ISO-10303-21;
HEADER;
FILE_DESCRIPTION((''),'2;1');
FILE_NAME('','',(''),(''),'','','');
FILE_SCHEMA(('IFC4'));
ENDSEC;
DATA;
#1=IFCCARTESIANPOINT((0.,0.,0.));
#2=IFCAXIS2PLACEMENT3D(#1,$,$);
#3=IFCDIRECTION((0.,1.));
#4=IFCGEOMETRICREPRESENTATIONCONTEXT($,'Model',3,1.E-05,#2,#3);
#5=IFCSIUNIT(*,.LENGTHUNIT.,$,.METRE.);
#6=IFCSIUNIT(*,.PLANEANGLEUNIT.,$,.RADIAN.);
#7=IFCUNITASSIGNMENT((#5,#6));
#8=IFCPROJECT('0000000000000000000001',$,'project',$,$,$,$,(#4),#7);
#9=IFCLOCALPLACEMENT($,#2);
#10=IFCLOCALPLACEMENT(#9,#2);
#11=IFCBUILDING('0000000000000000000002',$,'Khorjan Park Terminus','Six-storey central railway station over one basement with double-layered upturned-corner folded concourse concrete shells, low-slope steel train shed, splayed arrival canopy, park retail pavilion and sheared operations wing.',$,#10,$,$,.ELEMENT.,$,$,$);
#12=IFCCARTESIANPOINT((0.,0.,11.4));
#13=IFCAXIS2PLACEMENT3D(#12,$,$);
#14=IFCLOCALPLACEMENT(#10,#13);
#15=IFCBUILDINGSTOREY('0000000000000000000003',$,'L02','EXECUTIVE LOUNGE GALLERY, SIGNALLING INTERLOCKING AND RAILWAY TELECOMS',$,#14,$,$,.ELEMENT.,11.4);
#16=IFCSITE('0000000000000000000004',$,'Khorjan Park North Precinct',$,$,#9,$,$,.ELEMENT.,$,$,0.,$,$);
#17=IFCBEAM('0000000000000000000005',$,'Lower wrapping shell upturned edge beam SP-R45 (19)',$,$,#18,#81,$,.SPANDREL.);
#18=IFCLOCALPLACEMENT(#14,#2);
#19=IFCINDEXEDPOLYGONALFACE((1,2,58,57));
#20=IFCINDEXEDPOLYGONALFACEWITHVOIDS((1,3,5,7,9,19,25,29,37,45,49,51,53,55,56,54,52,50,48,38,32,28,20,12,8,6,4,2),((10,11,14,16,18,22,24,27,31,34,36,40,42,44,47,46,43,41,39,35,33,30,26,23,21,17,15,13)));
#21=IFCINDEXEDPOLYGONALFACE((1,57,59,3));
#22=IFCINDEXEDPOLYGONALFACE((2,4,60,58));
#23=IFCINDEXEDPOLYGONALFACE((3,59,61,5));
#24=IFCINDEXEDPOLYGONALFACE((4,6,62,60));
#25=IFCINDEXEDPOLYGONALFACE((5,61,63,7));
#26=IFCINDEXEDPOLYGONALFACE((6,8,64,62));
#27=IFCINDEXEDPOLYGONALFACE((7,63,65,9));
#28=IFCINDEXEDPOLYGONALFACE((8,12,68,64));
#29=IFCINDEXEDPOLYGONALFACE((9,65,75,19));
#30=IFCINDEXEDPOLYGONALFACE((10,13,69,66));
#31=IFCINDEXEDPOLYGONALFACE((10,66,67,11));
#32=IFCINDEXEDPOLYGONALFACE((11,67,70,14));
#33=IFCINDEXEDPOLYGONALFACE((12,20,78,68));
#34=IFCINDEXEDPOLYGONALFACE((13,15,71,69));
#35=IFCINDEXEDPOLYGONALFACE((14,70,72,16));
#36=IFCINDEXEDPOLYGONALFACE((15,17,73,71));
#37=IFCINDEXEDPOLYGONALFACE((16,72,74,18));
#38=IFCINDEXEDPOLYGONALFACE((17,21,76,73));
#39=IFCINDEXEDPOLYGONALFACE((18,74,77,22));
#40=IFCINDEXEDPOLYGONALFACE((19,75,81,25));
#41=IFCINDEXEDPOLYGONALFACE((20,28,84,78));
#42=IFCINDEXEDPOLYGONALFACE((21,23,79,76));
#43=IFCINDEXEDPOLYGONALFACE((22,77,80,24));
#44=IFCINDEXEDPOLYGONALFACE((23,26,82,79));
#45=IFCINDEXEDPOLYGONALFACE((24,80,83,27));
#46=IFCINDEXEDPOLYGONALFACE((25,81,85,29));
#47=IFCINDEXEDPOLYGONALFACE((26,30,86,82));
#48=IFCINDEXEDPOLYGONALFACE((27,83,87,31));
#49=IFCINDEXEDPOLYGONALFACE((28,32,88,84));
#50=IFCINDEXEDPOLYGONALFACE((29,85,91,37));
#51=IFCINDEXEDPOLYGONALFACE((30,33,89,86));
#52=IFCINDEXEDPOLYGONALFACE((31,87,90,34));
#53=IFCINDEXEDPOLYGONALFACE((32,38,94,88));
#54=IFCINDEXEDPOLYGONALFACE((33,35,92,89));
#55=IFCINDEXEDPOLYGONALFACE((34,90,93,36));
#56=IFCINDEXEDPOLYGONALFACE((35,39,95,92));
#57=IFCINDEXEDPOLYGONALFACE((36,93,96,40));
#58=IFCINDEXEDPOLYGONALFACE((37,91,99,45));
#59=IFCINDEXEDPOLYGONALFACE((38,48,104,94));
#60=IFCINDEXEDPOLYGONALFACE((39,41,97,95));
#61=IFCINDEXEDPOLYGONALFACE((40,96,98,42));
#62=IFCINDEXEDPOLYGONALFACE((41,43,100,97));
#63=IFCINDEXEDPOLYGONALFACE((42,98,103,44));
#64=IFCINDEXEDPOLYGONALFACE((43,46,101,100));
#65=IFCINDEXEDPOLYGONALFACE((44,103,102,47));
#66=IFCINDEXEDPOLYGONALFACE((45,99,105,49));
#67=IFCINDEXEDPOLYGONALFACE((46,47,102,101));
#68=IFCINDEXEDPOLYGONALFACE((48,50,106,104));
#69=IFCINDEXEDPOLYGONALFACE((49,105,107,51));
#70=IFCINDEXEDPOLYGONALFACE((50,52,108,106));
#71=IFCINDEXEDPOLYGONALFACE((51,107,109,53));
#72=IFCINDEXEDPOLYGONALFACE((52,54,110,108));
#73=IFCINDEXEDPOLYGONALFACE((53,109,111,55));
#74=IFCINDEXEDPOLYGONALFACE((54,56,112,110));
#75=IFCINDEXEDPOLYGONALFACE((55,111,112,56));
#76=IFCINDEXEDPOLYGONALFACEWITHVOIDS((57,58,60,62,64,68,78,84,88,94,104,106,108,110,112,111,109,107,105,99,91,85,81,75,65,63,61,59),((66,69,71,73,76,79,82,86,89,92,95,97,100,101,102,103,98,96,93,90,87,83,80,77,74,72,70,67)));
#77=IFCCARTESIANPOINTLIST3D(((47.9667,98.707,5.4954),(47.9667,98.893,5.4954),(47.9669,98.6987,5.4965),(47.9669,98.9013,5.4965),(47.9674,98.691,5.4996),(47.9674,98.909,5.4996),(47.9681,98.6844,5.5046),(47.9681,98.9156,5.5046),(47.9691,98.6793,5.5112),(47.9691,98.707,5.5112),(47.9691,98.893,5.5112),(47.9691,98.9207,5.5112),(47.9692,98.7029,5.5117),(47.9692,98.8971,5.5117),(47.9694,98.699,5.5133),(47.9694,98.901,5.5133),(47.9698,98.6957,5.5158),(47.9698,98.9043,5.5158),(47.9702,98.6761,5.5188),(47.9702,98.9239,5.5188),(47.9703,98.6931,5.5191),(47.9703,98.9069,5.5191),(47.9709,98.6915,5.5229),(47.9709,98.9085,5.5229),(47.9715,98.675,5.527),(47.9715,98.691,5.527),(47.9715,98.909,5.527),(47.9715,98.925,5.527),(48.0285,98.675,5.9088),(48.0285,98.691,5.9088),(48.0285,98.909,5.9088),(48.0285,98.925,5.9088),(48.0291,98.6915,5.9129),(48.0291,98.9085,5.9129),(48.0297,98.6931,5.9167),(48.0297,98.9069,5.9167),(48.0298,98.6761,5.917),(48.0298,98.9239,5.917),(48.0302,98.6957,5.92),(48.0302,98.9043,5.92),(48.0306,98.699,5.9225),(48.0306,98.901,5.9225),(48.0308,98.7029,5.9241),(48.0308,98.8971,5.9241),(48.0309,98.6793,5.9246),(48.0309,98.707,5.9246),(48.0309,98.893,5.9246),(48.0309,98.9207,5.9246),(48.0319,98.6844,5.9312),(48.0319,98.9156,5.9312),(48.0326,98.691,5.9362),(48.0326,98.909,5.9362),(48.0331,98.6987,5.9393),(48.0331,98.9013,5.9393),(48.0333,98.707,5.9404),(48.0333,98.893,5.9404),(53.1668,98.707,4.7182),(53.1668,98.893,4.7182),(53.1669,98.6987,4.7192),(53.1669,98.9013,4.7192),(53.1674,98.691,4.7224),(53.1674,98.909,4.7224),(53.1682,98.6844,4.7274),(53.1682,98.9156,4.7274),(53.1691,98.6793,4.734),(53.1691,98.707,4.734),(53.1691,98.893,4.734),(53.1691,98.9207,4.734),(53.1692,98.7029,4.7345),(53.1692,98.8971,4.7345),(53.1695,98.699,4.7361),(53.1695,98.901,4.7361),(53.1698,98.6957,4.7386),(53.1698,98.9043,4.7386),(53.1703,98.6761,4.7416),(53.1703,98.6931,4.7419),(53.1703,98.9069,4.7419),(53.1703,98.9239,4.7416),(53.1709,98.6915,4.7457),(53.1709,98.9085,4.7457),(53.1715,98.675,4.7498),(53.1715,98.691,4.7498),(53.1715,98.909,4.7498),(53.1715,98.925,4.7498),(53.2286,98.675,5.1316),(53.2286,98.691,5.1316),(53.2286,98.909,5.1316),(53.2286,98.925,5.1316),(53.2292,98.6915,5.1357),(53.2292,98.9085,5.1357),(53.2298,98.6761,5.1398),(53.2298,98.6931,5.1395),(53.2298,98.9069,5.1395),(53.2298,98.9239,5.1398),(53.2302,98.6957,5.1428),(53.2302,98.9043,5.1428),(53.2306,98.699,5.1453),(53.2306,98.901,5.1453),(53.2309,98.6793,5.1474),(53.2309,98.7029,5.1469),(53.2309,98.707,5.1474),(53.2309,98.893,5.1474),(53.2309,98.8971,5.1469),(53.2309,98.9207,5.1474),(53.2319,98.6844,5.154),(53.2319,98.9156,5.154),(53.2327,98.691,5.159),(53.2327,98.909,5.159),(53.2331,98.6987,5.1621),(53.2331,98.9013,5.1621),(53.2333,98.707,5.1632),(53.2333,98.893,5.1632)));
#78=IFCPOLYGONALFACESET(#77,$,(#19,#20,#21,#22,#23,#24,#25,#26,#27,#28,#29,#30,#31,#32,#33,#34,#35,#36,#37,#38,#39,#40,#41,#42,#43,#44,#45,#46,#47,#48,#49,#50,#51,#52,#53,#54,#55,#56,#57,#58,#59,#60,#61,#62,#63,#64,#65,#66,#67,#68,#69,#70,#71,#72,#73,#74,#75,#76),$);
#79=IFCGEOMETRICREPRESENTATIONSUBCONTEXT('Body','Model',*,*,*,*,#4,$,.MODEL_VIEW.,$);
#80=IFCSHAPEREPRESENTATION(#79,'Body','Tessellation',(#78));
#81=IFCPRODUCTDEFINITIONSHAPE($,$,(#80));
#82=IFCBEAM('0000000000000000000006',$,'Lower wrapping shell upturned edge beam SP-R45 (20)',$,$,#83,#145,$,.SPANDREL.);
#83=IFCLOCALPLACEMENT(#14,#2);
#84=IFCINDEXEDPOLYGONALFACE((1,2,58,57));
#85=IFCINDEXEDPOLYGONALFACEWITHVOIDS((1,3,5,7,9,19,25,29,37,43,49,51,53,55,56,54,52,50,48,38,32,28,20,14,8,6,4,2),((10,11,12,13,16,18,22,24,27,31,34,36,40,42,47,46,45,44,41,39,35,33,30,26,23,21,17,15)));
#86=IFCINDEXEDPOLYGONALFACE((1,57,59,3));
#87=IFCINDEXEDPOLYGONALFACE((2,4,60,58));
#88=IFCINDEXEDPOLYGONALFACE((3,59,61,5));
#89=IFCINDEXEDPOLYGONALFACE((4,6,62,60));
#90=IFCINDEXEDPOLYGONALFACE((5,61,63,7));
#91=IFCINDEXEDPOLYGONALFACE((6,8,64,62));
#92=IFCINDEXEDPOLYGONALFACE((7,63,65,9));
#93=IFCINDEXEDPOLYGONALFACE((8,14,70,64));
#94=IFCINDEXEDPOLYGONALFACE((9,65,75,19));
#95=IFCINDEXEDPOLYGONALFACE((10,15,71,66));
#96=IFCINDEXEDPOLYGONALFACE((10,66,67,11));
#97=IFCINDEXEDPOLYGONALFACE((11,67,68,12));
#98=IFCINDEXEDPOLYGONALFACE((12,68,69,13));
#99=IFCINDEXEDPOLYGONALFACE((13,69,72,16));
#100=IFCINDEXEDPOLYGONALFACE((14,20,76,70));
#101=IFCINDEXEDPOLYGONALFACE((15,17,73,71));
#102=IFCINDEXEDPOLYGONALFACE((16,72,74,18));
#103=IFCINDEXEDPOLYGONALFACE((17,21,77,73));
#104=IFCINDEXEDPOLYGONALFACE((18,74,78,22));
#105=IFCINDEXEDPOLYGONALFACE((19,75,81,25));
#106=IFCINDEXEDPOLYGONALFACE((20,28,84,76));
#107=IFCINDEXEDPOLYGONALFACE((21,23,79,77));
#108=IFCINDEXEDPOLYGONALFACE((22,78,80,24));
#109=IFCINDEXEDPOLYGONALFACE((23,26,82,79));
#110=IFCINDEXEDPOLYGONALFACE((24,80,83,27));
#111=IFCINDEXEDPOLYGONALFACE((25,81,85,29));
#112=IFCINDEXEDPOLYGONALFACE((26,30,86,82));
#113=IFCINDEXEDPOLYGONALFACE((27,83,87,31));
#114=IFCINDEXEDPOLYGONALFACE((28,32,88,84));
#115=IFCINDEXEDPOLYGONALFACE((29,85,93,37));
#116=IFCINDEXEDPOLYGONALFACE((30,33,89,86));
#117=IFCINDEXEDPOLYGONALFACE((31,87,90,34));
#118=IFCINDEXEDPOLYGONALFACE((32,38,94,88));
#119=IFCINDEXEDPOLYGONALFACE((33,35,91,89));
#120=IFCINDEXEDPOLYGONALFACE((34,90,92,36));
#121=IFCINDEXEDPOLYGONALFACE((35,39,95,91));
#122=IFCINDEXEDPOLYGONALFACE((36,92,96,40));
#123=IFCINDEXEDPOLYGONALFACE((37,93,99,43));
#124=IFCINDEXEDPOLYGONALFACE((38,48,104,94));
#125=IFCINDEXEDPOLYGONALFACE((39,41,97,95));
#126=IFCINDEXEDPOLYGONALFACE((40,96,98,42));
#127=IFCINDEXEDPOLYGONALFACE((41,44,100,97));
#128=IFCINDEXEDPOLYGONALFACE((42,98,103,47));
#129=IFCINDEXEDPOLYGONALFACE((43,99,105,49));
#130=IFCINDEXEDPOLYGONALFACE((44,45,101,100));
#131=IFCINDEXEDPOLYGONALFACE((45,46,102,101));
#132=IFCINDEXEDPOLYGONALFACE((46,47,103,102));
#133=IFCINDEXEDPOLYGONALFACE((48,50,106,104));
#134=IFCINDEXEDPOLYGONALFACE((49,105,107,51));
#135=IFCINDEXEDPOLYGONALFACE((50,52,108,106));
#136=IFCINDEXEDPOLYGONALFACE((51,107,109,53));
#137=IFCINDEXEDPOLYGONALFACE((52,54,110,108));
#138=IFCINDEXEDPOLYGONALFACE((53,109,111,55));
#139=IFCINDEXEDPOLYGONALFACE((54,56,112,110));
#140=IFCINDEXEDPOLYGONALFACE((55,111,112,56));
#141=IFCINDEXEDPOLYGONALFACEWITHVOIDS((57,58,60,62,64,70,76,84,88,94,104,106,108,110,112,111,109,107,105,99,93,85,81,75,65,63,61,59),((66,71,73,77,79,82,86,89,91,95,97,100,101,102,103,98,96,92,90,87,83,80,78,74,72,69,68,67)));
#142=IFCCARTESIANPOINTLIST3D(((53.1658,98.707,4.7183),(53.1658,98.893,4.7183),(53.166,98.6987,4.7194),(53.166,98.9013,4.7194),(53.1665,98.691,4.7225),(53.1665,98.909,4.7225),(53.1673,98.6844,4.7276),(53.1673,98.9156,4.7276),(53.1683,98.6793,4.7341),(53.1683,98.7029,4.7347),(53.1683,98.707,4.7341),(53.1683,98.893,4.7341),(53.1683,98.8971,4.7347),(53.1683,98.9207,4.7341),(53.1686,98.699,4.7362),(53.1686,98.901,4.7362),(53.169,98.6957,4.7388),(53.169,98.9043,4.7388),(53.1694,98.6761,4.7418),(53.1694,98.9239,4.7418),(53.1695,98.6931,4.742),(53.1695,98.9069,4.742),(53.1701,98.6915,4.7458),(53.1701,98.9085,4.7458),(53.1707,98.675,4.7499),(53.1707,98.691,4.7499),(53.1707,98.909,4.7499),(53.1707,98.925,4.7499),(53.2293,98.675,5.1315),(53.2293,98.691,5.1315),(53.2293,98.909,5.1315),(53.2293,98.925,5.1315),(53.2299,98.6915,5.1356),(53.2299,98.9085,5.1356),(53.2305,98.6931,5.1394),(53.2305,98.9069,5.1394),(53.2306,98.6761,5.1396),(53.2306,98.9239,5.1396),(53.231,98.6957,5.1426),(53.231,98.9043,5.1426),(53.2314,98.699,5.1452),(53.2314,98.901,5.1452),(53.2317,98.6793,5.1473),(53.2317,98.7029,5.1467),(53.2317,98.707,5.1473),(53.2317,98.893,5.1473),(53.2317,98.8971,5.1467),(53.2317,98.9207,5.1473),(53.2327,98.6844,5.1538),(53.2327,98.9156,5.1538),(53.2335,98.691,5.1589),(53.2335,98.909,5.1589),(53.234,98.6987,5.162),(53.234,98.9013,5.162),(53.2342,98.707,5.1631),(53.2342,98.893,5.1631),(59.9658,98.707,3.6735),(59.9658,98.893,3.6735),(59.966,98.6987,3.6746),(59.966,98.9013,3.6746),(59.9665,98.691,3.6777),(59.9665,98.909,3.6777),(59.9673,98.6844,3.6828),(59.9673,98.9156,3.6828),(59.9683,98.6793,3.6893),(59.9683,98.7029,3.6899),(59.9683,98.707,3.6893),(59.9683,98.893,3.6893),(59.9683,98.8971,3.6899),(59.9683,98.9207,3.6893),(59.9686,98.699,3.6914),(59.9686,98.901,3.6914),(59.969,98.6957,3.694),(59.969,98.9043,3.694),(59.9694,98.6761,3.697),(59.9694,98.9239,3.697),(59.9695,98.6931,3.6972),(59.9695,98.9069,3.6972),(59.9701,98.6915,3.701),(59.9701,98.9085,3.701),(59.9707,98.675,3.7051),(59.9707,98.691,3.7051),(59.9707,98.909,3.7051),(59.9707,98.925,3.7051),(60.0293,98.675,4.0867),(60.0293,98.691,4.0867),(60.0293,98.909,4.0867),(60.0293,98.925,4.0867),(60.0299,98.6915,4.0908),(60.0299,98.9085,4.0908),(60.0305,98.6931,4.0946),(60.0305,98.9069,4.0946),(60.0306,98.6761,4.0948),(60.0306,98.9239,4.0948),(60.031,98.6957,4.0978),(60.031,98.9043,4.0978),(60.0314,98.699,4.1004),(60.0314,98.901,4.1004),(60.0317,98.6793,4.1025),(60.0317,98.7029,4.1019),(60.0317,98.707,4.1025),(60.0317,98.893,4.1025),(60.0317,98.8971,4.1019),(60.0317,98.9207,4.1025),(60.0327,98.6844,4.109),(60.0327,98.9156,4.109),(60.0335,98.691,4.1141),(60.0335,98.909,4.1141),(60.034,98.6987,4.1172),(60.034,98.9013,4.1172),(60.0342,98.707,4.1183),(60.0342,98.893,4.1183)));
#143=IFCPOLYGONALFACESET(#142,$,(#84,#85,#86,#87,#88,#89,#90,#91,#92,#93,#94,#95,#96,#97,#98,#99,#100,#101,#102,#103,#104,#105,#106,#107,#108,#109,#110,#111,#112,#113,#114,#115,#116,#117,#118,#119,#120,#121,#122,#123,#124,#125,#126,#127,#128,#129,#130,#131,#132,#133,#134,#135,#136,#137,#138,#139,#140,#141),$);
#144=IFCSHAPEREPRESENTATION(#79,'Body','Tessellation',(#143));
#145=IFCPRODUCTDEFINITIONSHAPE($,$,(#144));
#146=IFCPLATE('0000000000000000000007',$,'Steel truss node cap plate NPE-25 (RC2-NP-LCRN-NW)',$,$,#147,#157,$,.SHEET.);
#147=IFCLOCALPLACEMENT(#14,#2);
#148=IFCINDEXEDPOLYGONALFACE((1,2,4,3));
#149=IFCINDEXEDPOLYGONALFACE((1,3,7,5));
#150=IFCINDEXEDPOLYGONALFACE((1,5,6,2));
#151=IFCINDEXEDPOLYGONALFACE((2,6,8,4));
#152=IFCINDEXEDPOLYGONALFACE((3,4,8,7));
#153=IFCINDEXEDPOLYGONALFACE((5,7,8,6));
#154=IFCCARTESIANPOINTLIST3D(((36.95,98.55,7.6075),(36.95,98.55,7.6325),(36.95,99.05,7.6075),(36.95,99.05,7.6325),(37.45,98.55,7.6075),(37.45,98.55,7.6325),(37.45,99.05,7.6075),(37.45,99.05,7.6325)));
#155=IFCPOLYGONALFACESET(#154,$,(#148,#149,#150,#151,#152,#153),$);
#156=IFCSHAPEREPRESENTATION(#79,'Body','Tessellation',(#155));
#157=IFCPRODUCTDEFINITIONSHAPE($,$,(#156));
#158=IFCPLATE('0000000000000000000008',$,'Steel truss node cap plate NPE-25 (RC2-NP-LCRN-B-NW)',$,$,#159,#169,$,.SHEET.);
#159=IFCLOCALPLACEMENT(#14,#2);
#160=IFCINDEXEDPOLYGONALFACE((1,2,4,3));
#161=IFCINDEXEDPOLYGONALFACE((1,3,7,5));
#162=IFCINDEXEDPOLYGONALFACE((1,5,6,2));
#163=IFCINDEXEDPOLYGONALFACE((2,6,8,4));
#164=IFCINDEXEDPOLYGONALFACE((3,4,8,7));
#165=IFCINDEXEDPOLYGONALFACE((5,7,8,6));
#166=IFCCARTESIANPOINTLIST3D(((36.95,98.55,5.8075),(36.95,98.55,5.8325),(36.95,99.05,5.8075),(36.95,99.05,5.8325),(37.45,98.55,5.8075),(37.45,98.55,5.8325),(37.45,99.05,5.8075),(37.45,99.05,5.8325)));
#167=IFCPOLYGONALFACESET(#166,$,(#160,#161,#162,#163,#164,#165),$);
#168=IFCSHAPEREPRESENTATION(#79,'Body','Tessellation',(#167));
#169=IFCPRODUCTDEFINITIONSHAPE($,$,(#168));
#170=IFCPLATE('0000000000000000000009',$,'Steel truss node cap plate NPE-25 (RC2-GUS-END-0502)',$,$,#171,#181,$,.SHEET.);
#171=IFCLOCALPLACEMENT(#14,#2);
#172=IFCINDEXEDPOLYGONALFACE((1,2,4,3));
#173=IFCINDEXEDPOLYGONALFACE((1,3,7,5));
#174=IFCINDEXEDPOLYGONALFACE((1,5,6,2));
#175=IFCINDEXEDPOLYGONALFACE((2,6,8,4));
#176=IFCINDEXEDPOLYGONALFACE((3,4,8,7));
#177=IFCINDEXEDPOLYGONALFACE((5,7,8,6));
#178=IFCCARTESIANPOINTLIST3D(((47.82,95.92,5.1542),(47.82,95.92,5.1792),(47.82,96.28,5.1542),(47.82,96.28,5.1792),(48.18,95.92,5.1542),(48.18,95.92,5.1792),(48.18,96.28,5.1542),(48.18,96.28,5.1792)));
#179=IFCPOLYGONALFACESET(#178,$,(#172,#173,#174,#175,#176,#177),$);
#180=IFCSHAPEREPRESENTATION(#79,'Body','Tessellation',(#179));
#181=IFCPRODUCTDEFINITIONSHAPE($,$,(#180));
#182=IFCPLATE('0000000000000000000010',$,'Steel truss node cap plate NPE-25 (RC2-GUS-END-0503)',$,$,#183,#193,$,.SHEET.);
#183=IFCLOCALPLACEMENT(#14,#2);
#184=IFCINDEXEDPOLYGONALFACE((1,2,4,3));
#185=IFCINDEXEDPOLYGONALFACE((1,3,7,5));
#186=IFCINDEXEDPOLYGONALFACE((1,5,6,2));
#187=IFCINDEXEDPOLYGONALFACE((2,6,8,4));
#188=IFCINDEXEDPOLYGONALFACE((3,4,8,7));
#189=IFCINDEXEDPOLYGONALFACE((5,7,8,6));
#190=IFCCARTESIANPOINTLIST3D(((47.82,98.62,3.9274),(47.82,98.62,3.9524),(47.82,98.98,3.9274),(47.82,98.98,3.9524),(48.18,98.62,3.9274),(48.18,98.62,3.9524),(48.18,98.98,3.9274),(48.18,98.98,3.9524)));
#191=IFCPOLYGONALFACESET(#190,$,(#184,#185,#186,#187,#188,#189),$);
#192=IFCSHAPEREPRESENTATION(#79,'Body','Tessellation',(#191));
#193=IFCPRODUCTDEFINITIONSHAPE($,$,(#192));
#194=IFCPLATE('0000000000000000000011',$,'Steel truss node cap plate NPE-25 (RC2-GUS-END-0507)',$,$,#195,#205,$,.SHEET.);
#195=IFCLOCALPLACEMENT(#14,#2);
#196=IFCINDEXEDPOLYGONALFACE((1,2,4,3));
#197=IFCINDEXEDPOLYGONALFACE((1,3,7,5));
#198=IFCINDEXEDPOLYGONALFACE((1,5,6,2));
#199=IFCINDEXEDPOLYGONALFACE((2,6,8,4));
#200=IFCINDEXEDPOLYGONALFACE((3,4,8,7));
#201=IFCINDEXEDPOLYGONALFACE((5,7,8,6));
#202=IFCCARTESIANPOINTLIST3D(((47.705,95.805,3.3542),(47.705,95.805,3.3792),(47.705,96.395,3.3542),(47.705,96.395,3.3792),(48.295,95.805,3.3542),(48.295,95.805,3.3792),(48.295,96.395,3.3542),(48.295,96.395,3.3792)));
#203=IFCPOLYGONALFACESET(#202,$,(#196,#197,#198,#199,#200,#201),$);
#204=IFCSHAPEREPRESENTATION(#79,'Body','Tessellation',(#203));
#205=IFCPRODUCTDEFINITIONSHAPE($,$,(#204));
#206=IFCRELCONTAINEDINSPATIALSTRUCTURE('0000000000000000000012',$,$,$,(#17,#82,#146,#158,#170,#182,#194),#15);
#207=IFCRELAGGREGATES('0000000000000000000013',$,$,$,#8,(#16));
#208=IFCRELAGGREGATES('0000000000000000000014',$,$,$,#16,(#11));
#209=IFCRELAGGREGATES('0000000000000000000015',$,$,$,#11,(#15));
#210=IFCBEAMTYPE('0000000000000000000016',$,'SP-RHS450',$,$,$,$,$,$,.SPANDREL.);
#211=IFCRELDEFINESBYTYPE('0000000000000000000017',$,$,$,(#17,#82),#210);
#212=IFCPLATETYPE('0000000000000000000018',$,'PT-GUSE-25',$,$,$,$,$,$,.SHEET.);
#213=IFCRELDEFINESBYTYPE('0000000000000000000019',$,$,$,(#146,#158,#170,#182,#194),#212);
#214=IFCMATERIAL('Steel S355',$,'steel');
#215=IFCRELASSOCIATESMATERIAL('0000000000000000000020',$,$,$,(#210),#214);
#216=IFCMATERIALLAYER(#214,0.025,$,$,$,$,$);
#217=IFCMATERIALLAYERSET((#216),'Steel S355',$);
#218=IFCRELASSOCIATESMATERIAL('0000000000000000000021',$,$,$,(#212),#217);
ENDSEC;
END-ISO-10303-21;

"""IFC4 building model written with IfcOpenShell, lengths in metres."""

from ifc_helpers import new_model, si_unit, direction, frame, origin, origin_2d, place, context, subcontext, project, spatial, rectangle, hollow_rectangle, extrude, material, layer, layer_set, material_profile, profile_set, type_object, element, save


model = new_model("IFC4")

# Units and contexts
model_context = context("Model", 3, precision=1e-05, world=origin(), true_north=direction((0.0, 1.0)))
body_context = subcontext(model_context, "Body", "Model", "MODEL_VIEW")
ifc_project = project(units=[si_unit("LENGTHUNIT", "METRE"), si_unit("PLANEANGLEUNIT", "RADIAN")], contexts=[model_context])

# Site, building, storey
site_placement = place(None, origin())
site = spatial("IfcSite", under=ifc_project, at=site_placement, Name="Khorjan Park North Precinct", CompositionType="ELEMENT", RefElevation=0.0)
building_placement = place(site_placement, origin())
building = spatial("IfcBuilding", under=site, at=building_placement, Name="Khorjan Park Terminus", Description="Six-storey central railway station over one basement with double-layered upturned-corner folded concourse concrete shells, low-slope steel train shed, splayed arrival canopy, park retail pavilion and sheared operations wing.", CompositionType="ELEMENT")
storey_placement = place(building_placement, frame((0.0, 0.0, 11.4)))
storey = spatial("IfcBuildingStorey", under=building, at=storey_placement, Name="L02", Description="EXECUTIVE LOUNGE GALLERY, SIGNALLING INTERLOCKING AND RAILWAY TELECOMS", CompositionType="ELEMENT", Elevation=11.4)

# Shared definitions
ifc_material = material(Name="Steel S355", Category="steel")

# Beams
ifc_material_profile_1 = material_profile(ifc_material, hollow_rectangle(XDim=0.25, YDim=0.45, WallThickness=0.016, InnerFilletRadius=0.016, OuterFilletRadius=0.032, at=origin_2d()), Name="RHS 450x250x16")
ifc_profile_set_1 = profile_set([ifc_material_profile_1], Name="Steel S355")
beam_type = type_object("IfcBeamType", Name="SP-RHS450", PredefinedType="SPANDREL", material=ifc_profile_set_1)
beam_1_placement = place(storey_placement, frame((48.0, 98.8, 5.7179), z_axis=(0.989014, 0.0, -0.14782), x_axis=(0.0, 1.0, 0.0)))
element("IfcBeam", 1, at=beam_1_placement, inside=storey, type_object=beam_type, Name="Lower wrapping shell upturned edge beam SP-R45 (19)", PredefinedType="SPANDREL", context=body_context, shape_type="SweptSolid", body=[
    extrude(hollow_rectangle(XDim=0.25, YDim=0.45, WallThickness=0.016, InnerFilletRadius=0.016, OuterFilletRadius=0.032, at=origin_2d()), origin(), (0.0, 0.0, 1.0), 5.2578),
])
beam_2_placement = place(storey_placement, frame((53.2, 98.8, 4.9407), z_axis=(0.988401, 0.0, -0.151865), x_axis=(0.0, 1.0, 0.0)))
element("IfcBeam", 2, at=beam_2_placement, inside=storey, type_object=beam_type, Name="Lower wrapping shell upturned edge beam SP-R45 (20)", PredefinedType="SPANDREL", context=body_context, shape_type="SweptSolid", body=[
    extrude(hollow_rectangle(XDim=0.25, YDim=0.45, WallThickness=0.016, InnerFilletRadius=0.016, OuterFilletRadius=0.032, at=origin_2d()), origin(), (0.0, 0.0, 1.0), 6.8798),
])

# Plates
ifc_layer = layer(ifc_material, 0.025)
ifc_layer_set = layer_set([ifc_layer], Name="Steel S355")
plate_type = type_object("IfcPlateType", Name="PT-GUSE-25", PredefinedType="SHEET", material=ifc_layer_set)
for number, where, z_axis, x_axis, name in (
    (3, (37.2, 98.8, 7.6075), (0.0, 0.0, 1.0), (1.0, 0.0, 0.0), "Steel truss node cap plate NPE-25 (RC2-NP-LCRN-NW)"),
    (4, (37.2, 98.8, 5.8075), (0.0, 0.0, 1.0), (1.0, 0.0, 0.0), "Steel truss node cap plate NPE-25 (RC2-NP-LCRN-B-NW)"),
):
    element("IfcPlate", number, at=place(storey_placement, frame(where, z_axis=z_axis, x_axis=x_axis)), inside=storey, type_object=plate_type, Name=name, PredefinedType="SHEET", context=body_context, shape_type="SweptSolid", body=[
        extrude(rectangle(XDim=0.5, YDim=0.5, at=origin_2d()), origin(), (0.0, 0.0, 1.0), 0.025),
    ])
for number, where, z_axis, x_axis, name in (
    (5, (48.0, 96.1, 5.1542), (0.0, 0.0, 1.0), (1.0, 0.0, 0.0), "Steel truss node cap plate NPE-25 (RC2-GUS-END-0502)"),
    (6, (48.0, 98.8, 3.9274), (0.0, 0.0, 1.0), (1.0, 0.0, 0.0), "Steel truss node cap plate NPE-25 (RC2-GUS-END-0503)"),
):
    element("IfcPlate", number, at=place(storey_placement, frame(where, z_axis=z_axis, x_axis=x_axis)), inside=storey, type_object=plate_type, Name=name, PredefinedType="SHEET", context=body_context, shape_type="SweptSolid", body=[
        extrude(rectangle(XDim=0.36, YDim=0.36, at=origin_2d()), origin(), (0.0, 0.0, 1.0), 0.025),
    ])
for number, where, z_axis, x_axis, name in (
    (7, (48.0, 96.1, 3.3542), (0.0, 0.0, 1.0), (1.0, 0.0, 0.0), "Steel truss node cap plate NPE-25 (RC2-GUS-END-0507)"),
):
    element("IfcPlate", number, at=place(storey_placement, frame(where, z_axis=z_axis, x_axis=x_axis)), inside=storey, type_object=plate_type, Name=name, PredefinedType="SHEET", context=body_context, shape_type="SweptSolid", body=[
        extrude(rectangle(XDim=0.59, YDim=0.59, at=origin_2d()), origin(), (0.0, 0.0, 1.0), 0.025),
    ])

save(model, "model.ifc")
